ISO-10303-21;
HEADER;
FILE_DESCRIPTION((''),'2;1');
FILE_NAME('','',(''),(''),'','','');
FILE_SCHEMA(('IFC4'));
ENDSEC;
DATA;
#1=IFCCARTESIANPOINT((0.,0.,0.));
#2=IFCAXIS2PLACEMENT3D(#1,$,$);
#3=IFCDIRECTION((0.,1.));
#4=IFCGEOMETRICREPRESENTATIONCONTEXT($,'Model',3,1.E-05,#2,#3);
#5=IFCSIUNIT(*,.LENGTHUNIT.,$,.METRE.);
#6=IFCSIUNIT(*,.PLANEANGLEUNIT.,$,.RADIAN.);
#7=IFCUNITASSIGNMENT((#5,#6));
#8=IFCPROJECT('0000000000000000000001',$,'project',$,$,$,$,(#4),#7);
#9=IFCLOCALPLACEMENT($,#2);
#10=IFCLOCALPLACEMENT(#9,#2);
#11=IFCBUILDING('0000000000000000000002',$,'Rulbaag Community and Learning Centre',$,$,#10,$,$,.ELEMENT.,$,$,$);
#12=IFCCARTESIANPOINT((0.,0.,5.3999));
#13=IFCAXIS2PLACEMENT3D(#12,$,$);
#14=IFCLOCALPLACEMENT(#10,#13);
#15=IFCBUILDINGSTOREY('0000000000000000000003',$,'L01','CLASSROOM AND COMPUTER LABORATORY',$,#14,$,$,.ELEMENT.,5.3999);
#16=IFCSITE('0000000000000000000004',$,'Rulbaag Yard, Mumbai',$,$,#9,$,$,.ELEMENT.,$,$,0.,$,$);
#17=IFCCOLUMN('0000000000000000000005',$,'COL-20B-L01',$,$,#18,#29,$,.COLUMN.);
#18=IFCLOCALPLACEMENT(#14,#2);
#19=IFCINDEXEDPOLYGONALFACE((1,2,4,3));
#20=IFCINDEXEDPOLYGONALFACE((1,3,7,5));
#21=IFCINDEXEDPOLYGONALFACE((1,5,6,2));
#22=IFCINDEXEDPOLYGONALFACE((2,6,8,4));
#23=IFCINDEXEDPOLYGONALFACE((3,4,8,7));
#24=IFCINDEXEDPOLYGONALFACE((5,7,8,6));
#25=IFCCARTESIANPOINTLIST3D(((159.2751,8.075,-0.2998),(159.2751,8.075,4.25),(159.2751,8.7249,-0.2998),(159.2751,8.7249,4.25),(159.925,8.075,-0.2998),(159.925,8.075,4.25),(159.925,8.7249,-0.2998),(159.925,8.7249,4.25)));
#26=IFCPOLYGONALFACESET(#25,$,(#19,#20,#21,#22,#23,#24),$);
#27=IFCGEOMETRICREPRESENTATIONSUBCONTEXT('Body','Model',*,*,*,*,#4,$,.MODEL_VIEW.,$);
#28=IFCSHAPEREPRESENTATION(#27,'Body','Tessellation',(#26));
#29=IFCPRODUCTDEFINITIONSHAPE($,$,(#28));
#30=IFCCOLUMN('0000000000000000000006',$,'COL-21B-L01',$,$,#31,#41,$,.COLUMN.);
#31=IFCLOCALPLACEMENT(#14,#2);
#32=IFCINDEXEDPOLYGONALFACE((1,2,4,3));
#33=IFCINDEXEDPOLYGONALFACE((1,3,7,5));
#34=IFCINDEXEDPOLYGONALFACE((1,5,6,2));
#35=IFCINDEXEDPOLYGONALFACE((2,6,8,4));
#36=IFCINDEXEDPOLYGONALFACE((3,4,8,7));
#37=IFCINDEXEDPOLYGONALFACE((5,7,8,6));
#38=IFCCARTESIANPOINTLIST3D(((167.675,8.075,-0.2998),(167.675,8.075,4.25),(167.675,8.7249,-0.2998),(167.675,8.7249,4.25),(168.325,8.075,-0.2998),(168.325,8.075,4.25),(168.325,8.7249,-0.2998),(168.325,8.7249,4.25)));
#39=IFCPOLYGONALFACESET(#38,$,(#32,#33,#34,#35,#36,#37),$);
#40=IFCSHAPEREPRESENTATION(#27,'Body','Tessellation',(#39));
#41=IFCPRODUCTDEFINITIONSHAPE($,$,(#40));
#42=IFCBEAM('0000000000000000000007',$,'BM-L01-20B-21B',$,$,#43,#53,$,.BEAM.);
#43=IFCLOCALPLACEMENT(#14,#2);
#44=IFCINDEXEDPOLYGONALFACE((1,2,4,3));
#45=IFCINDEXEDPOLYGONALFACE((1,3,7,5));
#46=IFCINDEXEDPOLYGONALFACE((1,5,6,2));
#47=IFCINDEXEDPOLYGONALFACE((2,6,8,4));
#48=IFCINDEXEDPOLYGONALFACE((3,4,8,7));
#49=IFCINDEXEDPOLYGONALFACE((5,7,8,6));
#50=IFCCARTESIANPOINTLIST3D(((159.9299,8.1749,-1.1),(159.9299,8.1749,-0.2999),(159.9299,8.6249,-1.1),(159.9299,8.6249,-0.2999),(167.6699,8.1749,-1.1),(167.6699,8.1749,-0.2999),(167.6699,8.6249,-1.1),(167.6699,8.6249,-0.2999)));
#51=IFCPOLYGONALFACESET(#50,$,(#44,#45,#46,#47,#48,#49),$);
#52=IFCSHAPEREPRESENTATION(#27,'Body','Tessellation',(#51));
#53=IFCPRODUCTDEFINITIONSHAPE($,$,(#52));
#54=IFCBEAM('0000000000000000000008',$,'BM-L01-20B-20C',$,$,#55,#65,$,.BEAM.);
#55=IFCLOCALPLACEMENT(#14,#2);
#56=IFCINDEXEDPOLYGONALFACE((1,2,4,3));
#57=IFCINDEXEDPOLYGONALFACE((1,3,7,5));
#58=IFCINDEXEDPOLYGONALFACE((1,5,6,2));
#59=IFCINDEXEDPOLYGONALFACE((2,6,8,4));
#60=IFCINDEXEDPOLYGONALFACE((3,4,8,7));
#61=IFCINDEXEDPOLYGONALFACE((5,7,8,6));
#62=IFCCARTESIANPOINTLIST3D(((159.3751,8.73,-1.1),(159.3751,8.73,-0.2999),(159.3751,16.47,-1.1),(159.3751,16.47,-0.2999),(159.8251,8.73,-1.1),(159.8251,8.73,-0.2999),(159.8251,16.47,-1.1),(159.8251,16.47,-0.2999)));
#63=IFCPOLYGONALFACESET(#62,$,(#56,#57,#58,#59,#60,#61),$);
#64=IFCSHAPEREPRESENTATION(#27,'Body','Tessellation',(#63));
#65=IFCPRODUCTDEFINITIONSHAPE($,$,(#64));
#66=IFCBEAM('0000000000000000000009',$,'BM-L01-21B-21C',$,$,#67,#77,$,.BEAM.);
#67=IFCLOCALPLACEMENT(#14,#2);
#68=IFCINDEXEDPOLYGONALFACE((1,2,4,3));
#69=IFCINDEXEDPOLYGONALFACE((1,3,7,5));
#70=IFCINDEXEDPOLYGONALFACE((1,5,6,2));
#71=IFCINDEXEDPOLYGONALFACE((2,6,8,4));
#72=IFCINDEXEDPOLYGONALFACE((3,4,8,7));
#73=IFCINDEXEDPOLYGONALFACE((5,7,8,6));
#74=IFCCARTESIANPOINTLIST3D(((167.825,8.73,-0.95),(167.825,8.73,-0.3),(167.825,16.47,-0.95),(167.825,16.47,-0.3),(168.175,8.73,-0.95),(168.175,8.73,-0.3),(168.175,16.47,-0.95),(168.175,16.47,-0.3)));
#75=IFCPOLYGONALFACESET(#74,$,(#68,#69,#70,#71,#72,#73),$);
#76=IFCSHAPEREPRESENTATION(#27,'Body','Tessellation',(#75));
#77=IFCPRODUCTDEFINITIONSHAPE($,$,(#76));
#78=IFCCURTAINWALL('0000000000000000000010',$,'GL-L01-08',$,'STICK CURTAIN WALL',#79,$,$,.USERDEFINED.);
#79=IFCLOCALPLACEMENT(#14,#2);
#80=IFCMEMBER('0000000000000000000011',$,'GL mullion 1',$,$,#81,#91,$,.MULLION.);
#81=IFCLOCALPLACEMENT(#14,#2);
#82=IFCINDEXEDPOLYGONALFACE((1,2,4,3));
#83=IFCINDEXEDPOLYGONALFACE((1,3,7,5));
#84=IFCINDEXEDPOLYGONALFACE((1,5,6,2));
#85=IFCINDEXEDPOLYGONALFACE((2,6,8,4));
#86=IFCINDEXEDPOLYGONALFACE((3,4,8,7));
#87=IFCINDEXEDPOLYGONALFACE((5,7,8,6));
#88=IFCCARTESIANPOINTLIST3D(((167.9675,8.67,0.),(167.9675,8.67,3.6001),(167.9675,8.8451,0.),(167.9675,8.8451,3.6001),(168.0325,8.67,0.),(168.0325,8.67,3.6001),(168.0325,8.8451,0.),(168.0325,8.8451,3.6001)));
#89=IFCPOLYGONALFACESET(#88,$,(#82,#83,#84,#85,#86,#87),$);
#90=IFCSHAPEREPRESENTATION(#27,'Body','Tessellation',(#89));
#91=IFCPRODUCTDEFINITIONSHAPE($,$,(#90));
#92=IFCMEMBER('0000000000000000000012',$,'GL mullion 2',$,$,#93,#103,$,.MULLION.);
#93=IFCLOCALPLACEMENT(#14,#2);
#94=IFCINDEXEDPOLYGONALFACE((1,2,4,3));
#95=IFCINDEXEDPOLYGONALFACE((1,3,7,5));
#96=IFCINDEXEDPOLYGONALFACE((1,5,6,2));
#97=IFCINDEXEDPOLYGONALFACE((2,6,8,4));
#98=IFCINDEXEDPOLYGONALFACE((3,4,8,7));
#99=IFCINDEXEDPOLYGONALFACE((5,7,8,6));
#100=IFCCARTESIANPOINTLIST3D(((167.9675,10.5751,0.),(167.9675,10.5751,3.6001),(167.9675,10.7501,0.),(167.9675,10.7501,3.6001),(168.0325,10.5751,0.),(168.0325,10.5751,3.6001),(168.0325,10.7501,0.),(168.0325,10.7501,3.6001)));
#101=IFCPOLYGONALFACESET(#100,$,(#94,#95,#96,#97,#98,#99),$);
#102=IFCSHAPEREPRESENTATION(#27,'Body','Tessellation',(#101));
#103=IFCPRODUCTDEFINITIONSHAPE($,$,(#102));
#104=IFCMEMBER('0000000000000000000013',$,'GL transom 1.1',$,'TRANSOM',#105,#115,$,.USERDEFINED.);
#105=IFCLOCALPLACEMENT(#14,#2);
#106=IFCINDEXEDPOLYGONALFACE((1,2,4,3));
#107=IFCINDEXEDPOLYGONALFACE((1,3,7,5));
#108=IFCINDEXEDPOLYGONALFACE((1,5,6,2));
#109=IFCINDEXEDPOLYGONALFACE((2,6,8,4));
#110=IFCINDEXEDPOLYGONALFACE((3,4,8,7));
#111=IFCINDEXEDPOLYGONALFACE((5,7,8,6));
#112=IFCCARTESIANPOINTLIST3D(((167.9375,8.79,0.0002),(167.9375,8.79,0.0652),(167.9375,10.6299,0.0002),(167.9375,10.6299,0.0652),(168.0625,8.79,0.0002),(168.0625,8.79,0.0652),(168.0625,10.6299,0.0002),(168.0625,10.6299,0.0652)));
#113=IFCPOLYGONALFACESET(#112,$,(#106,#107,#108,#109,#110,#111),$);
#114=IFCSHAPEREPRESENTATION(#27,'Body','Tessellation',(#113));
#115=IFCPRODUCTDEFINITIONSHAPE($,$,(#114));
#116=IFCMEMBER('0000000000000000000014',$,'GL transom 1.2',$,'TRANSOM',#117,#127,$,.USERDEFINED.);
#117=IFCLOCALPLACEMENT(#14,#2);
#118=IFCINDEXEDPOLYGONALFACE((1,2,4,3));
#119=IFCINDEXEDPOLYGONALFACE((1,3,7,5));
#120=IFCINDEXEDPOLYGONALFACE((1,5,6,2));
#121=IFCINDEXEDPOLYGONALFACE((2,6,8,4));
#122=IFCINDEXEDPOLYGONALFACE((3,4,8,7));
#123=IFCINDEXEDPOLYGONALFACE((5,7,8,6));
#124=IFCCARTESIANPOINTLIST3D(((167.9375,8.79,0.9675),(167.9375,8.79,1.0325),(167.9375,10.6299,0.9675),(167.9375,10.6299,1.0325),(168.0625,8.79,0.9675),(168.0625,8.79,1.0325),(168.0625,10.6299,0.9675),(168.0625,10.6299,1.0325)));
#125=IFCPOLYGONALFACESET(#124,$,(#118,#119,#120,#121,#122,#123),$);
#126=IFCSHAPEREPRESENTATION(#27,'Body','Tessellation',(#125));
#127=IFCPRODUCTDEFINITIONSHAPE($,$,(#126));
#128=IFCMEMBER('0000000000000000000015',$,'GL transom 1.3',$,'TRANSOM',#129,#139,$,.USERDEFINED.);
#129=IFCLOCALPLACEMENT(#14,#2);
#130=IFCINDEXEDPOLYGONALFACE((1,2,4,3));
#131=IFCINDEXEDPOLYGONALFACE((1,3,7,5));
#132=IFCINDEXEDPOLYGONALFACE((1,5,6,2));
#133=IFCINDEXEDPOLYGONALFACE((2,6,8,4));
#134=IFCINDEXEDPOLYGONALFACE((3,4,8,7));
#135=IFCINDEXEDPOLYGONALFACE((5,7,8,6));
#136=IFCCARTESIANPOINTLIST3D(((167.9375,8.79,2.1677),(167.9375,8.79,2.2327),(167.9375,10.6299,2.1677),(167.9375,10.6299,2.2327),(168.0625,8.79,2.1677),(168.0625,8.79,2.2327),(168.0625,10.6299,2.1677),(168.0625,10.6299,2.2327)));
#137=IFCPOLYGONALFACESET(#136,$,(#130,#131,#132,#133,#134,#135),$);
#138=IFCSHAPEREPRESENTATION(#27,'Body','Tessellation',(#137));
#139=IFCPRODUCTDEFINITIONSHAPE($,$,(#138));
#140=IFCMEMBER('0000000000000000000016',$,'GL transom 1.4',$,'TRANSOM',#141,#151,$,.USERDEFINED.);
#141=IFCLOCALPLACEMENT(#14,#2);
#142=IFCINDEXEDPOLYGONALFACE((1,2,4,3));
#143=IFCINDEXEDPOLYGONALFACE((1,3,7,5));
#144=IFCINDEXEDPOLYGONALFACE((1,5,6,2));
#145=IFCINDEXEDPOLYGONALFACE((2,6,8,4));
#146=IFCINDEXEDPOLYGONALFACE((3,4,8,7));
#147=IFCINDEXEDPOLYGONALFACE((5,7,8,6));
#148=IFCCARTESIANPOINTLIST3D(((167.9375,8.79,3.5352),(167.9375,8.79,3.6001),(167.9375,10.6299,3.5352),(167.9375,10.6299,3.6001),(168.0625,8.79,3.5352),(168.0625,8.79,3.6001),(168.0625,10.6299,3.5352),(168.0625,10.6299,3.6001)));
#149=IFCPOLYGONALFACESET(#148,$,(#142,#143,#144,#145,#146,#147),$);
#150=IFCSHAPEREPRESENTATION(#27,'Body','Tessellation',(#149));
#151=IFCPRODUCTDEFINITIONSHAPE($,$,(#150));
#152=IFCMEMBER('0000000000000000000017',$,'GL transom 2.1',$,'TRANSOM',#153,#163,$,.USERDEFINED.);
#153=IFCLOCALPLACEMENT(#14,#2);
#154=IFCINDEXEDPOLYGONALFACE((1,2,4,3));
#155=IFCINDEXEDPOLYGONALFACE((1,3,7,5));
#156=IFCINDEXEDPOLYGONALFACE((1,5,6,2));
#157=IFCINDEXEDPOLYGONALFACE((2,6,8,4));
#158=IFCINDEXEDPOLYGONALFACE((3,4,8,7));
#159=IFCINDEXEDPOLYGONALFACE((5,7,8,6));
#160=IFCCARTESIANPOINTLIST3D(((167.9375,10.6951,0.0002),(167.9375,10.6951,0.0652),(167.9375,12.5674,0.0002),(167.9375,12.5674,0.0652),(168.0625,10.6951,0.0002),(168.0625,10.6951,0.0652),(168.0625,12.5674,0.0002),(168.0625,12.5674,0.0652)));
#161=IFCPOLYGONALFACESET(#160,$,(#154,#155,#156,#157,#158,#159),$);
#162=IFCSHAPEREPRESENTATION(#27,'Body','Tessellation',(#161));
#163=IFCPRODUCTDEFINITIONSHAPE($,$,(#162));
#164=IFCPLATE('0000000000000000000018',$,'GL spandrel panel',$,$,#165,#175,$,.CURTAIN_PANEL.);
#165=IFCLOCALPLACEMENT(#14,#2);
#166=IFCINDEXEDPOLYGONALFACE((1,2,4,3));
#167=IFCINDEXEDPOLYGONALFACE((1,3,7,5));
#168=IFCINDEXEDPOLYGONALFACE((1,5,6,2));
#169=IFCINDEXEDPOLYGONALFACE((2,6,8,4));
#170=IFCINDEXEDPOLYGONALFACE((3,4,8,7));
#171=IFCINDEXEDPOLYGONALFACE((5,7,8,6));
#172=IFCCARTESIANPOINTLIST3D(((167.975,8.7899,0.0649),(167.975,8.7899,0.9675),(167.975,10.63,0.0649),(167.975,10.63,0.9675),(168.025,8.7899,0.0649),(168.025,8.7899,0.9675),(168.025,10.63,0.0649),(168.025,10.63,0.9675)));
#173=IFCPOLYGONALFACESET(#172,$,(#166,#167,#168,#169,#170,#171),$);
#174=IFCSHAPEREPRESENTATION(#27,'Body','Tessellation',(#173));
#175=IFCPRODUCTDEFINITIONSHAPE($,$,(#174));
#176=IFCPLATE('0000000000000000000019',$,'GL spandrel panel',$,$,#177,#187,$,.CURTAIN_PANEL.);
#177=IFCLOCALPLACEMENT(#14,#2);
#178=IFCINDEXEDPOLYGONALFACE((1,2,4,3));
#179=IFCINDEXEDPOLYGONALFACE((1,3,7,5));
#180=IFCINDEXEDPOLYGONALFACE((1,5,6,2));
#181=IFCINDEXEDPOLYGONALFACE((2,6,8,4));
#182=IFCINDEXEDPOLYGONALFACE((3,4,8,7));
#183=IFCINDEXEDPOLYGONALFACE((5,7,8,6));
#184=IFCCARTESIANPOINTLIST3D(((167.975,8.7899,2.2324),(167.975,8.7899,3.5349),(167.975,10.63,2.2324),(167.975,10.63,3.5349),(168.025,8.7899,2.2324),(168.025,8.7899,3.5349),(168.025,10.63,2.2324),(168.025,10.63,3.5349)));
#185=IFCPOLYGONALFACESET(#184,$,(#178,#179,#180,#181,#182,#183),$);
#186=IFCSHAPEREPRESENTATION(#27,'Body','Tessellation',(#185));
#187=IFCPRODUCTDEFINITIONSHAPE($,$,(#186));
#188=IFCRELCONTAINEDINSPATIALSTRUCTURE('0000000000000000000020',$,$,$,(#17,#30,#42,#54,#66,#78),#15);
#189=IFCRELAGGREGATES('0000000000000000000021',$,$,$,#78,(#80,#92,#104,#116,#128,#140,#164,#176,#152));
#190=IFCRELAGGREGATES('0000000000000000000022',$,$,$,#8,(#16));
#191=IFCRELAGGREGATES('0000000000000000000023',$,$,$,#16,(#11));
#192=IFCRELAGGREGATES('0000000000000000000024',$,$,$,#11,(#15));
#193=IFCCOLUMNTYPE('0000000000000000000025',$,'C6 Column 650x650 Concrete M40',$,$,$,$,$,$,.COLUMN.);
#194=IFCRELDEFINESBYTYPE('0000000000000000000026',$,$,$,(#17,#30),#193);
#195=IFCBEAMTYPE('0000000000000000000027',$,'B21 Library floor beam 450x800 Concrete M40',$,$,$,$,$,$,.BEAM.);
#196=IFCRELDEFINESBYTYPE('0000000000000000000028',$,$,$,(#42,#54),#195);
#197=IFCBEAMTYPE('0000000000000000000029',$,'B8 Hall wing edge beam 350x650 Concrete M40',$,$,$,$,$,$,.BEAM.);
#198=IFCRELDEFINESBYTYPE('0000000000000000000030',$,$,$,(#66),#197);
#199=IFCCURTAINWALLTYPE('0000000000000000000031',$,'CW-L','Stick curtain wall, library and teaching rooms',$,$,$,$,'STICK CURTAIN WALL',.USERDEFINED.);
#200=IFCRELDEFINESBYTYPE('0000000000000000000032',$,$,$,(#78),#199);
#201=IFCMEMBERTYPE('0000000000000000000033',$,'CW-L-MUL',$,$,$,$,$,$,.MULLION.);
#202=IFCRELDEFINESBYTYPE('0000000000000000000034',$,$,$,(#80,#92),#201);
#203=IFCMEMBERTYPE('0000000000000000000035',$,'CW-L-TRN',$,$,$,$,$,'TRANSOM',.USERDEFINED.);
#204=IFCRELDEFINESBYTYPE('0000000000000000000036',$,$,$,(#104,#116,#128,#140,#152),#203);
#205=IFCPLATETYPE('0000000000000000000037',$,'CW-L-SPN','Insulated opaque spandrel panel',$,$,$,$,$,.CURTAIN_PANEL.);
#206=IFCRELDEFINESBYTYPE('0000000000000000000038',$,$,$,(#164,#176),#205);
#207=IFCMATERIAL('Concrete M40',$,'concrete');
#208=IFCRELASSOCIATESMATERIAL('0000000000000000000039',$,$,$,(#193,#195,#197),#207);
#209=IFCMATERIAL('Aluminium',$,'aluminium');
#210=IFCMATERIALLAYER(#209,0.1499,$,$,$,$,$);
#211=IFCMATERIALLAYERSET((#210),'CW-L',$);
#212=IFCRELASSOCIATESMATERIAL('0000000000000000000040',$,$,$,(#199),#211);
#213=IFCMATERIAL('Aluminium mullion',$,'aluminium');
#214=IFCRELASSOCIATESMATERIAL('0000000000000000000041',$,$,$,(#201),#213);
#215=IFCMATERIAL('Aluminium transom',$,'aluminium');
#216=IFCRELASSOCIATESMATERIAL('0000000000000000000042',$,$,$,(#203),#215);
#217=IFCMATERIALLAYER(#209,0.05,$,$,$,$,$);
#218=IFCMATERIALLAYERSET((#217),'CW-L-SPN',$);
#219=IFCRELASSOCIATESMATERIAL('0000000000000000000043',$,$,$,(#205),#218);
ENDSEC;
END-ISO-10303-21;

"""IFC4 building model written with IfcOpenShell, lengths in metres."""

from ifc_helpers import new_model, si_unit, direction, frame, origin, origin_2d, place, context, subcontext, project, spatial, rectangle, extrude, material, layer, layer_set, material_profile, profile_set, type_object, element, aggregate, save


model = new_model("IFC4")

# Units and contexts
model_context = context("Model", 3, precision=1e-05, world=origin(), true_north=direction((0.0, 1.0)))
body_context = subcontext(model_context, "Body", "Model", "MODEL_VIEW")
ifc_project = project(units=[si_unit("LENGTHUNIT", "METRE"), si_unit("PLANEANGLEUNIT", "RADIAN")], contexts=[model_context])

# Site, building, storey
site_placement = place(None, origin())
site = spatial("IfcSite", under=ifc_project, at=site_placement, Name="Rulbaag Yard, Mumbai", CompositionType="ELEMENT", RefElevation=0.0)
building_placement = place(site_placement, origin())
building = spatial("IfcBuilding", under=site, at=building_placement, Name="Rulbaag Community and Learning Centre", CompositionType="ELEMENT")
storey_placement = place(building_placement, frame((0.0, 0.0, 5.3999)))
storey = spatial("IfcBuildingStorey", under=building, at=storey_placement, Name="L01", Description="CLASSROOM AND COMPUTER LABORATORY", CompositionType="ELEMENT", Elevation=5.3999)

# Columns
ifc_material_1 = material(Name="Concrete M40", Category="concrete")
ifc_material_profile_1 = material_profile(ifc_material_1, rectangle(XDim=0.6499, YDim=0.6499, at=origin_2d()), Name="RC650x650")
ifc_profile_set_1 = profile_set([ifc_material_profile_1], Name="Concrete M40")
column_type = type_object("IfcColumnType", Name="C6 Column 650x650 Concrete M40", PredefinedType="COLUMN", material=ifc_profile_set_1)
for number, where, z_axis, x_axis, name in (
    (1, (159.6001, 8.3999, -0.2998), (0.0, 0.0, 1.0), (1.0, 0.0, 0.0), "COL-20B-L01"),
    (2, (168.0, 8.3999, -0.2998), (0.0, 0.0, 1.0), (1.0, 0.0, 0.0), "COL-21B-L01"),
):
    element("IfcColumn", number, at=place(storey_placement, frame(where, z_axis=z_axis, x_axis=x_axis)), inside=storey, type_object=column_type, Name=name, PredefinedType="COLUMN", context=body_context, shape_type="SweptSolid", body=[
        extrude(rectangle(XDim=0.6499, YDim=0.6499, at=origin_2d()), origin(), (0.0, 0.0, 1.0), 4.5498),
    ])

# Beams
ifc_material_profile_2 = material_profile(ifc_material_1, rectangle(XDim=0.45, YDim=0.8, at=origin_2d()), Name="RB450x800")
ifc_profile_set_2 = profile_set([ifc_material_profile_2], Name="Concrete M40")
beam_type_1 = type_object("IfcBeamType", Name="B21 Library floor beam 450x800 Concrete M40", PredefinedType="BEAM", material=ifc_profile_set_2)
for number, where, z_axis, x_axis, name in (
    (3, (159.9299, 8.3999, -0.7), (1.0, 0.0, 0.0), (0.0, 1.0, 0.0), "BM-L01-20B-21B"),
    (4, (159.6001, 8.73, -0.7), (0.0, 1.0, 0.0), (-1.0, 0.0, 0.0), "BM-L01-20B-20C"),
):
    element("IfcBeam", number, at=place(storey_placement, frame(where, z_axis=z_axis, x_axis=x_axis)), inside=storey, type_object=beam_type_1, Name=name, PredefinedType="BEAM", context=body_context, shape_type="SweptSolid", body=[
        extrude(rectangle(XDim=0.45, YDim=0.8, at=origin_2d()), origin(), (0.0, 0.0, 1.0), 7.74),
    ])
ifc_material_profile_3 = material_profile(ifc_material_1, rectangle(XDim=0.3501, YDim=0.6499, at=origin_2d()), Name="RB350x650")
ifc_profile_set_3 = profile_set([ifc_material_profile_3], Name="Concrete M40")
beam_type_2 = type_object("IfcBeamType", Name="B8 Hall wing edge beam 350x650 Concrete M40", PredefinedType="BEAM", material=ifc_profile_set_3)
beam_placement = place(storey_placement, frame((168.0, 8.73, -0.625), z_axis=(0.0, 1.0, 0.0), x_axis=(-1.0, 0.0, 0.0)))
element("IfcBeam", 5, at=beam_placement, inside=storey, type_object=beam_type_2, Name="BM-L01-21B-21C", PredefinedType="BEAM", context=body_context, shape_type="SweptSolid", body=[
    extrude(rectangle(XDim=0.3501, YDim=0.6499, at=origin_2d()), origin(), (0.0, 0.0, 1.0), 7.74),
])

# Curtain wall, members, plates
ifc_material_2 = material(Name="Aluminium", Category="aluminium")
ifc_layer_1 = layer(ifc_material_2, 0.1499)
ifc_layer_set_1 = layer_set([ifc_layer_1], Name="CW-L")
curtain_wall_type = type_object("IfcCurtainWallType", Name="CW-L", Description="Stick curtain wall, library and teaching rooms", ElementType="STICK CURTAIN WALL", PredefinedType="USERDEFINED", material=ifc_layer_set_1)
curtain_wall_placement = place(storey_placement, origin())
curtain_wall = element("IfcCurtainWall", 6, at=curtain_wall_placement, inside=storey, type_object=curtain_wall_type, Name="GL-L01-08", ObjectType="STICK CURTAIN WALL", PredefinedType="USERDEFINED")
ifc_material_3 = material(Name="Aluminium mullion", Category="aluminium")
ifc_material_profile_4 = material_profile(ifc_material_3, rectangle(XDim=0.0649, YDim=0.175, at=origin_2d()), Name="AL 65x175")
ifc_profile_set_4 = profile_set([ifc_material_profile_4], Name="Aluminium mullion")
member_type_1 = type_object("IfcMemberType", Name="CW-L-MUL", PredefinedType="MULLION", material=ifc_profile_set_4)
member_1_placement = place(storey_placement, frame((168.0, 8.7576, 0.0), z_axis=(0.0, 0.0, 1.0), x_axis=(-1.0, 0.0, 0.0)))
member_1 = element("IfcMember", 7, at=member_1_placement, type_object=member_type_1, Name="GL mullion 1", PredefinedType="MULLION", context=body_context, shape_type="SweptSolid", body=[
    extrude(rectangle(XDim=0.0649, YDim=0.175, at=origin_2d()), origin(), (0.0, 0.0, 1.0), 3.6001),
])
member_2_placement = place(storey_placement, frame((168.0, 10.6626, 0.0), z_axis=(0.0, 0.0, 1.0), x_axis=(-1.0, 0.0, 0.0)))
member_2 = element("IfcMember", 8, at=member_2_placement, type_object=member_type_1, Name="GL mullion 2", PredefinedType="MULLION", context=body_context, shape_type="SweptSolid", body=[
    extrude(rectangle(XDim=0.0649, YDim=0.175, at=origin_2d()), origin(), (0.0, 0.0, 1.0), 3.6001),
])
ifc_material_4 = material(Name="Aluminium transom", Category="aluminium")
ifc_material_profile_5 = material_profile(ifc_material_4, rectangle(XDim=0.125, YDim=0.0649, at=origin_2d()), Name="AL 65x125 T")
ifc_profile_set_5 = profile_set([ifc_material_profile_5], Name="Aluminium transom")
member_type_2 = type_object("IfcMemberType", Name="CW-L-TRN", ElementType="TRANSOM", PredefinedType="USERDEFINED", material=ifc_profile_set_5)
member_3_placement = place(storey_placement, frame((168.0, 8.79, 0.0327), z_axis=(0.0, 1.0, 0.0), x_axis=(-1.0, 0.0, 0.0)))
member_3 = element("IfcMember", 9, at=member_3_placement, type_object=member_type_2, Name="GL transom 1.1", ObjectType="TRANSOM", PredefinedType="USERDEFINED", context=body_context, shape_type="SweptSolid", body=[
    extrude(rectangle(XDim=0.125, YDim=0.0649, at=origin_2d()), origin(), (0.0, 0.0, 1.0), 1.8398),
])
member_4_placement = place(storey_placement, frame((168.0, 8.79, 1.0), z_axis=(0.0, 1.0, 0.0), x_axis=(-1.0, 0.0, 0.0)))
member_4 = element("IfcMember", 10, at=member_4_placement, type_object=member_type_2, Name="GL transom 1.2", ObjectType="TRANSOM", PredefinedType="USERDEFINED", context=body_context, shape_type="SweptSolid", body=[
    extrude(rectangle(XDim=0.125, YDim=0.0649, at=origin_2d()), origin(), (0.0, 0.0, 1.0), 1.8398),
])
member_5_placement = place(storey_placement, frame((168.0, 8.79, 2.2002), z_axis=(0.0, 1.0, 0.0), x_axis=(-1.0, 0.0, 0.0)))
member_5 = element("IfcMember", 11, at=member_5_placement, type_object=member_type_2, Name="GL transom 1.3", ObjectType="TRANSOM", PredefinedType="USERDEFINED", context=body_context, shape_type="SweptSolid", body=[
    extrude(rectangle(XDim=0.125, YDim=0.0649, at=origin_2d()), origin(), (0.0, 0.0, 1.0), 1.8398),
])
member_6_placement = place(storey_placement, frame((168.0, 8.79, 3.5676), z_axis=(0.0, 1.0, 0.0), x_axis=(-1.0, 0.0, 0.0)))
member_6 = element("IfcMember", 12, at=member_6_placement, type_object=member_type_2, Name="GL transom 1.4", ObjectType="TRANSOM", PredefinedType="USERDEFINED", context=body_context, shape_type="SweptSolid", body=[
    extrude(rectangle(XDim=0.125, YDim=0.0649, at=origin_2d()), origin(), (0.0, 0.0, 1.0), 1.8398),
])
member_7_placement = place(storey_placement, frame((168.0, 10.6951, 0.0327), z_axis=(0.0, 1.0, 0.0), x_axis=(-1.0, 0.0, 0.0)))
member_7 = element("IfcMember", 13, at=member_7_placement, type_object=member_type_2, Name="GL transom 2.1", ObjectType="TRANSOM", PredefinedType="USERDEFINED", context=body_context, shape_type="SweptSolid", body=[
    extrude(rectangle(XDim=0.125, YDim=0.0649, at=origin_2d()), origin(), (0.0, 0.0, 1.0), 1.8723),
])
ifc_layer_2 = layer(ifc_material_2, 0.05)
ifc_layer_set_2 = layer_set([ifc_layer_2], Name="CW-L-SPN")
plate_type_1 = type_object("IfcPlateType", Name="CW-L-SPN", Description="Insulated opaque spandrel panel", PredefinedType="CURTAIN_PANEL", material=ifc_layer_set_2)
plate_1_placement = place(storey_placement, frame((168.0, 9.71, 0.0649), z_axis=(0.0, 0.0, 1.0), x_axis=(0.0, 1.0, 0.0)))
plate_1 = element("IfcPlate", 14, at=plate_1_placement, type_object=plate_type_1, Name="GL spandrel panel", PredefinedType="CURTAIN_PANEL", context=body_context, shape_type="SweptSolid", body=[
    extrude(rectangle(XDim=1.8401, YDim=0.05, at=origin_2d()), origin(), (0.0, 0.0, 1.0), 0.9026),
])
plate_2_placement = place(storey_placement, frame((168.0, 9.71, 2.2324), z_axis=(0.0, 0.0, 1.0), x_axis=(0.0, 1.0, 0.0)))
plate_2 = element("IfcPlate", 15, at=plate_2_placement, type_object=plate_type_1, Name="GL spandrel panel", PredefinedType="CURTAIN_PANEL", context=body_context, shape_type="SweptSolid", body=[
    extrude(rectangle(XDim=1.8401, YDim=0.05, at=origin_2d()), origin(), (0.0, 0.0, 1.0), 1.3025),
])
aggregate(curtain_wall, [member_1, member_2, member_3, member_4, member_5, member_6, plate_1, plate_2, member_7])

save(model, "model.ifc")
